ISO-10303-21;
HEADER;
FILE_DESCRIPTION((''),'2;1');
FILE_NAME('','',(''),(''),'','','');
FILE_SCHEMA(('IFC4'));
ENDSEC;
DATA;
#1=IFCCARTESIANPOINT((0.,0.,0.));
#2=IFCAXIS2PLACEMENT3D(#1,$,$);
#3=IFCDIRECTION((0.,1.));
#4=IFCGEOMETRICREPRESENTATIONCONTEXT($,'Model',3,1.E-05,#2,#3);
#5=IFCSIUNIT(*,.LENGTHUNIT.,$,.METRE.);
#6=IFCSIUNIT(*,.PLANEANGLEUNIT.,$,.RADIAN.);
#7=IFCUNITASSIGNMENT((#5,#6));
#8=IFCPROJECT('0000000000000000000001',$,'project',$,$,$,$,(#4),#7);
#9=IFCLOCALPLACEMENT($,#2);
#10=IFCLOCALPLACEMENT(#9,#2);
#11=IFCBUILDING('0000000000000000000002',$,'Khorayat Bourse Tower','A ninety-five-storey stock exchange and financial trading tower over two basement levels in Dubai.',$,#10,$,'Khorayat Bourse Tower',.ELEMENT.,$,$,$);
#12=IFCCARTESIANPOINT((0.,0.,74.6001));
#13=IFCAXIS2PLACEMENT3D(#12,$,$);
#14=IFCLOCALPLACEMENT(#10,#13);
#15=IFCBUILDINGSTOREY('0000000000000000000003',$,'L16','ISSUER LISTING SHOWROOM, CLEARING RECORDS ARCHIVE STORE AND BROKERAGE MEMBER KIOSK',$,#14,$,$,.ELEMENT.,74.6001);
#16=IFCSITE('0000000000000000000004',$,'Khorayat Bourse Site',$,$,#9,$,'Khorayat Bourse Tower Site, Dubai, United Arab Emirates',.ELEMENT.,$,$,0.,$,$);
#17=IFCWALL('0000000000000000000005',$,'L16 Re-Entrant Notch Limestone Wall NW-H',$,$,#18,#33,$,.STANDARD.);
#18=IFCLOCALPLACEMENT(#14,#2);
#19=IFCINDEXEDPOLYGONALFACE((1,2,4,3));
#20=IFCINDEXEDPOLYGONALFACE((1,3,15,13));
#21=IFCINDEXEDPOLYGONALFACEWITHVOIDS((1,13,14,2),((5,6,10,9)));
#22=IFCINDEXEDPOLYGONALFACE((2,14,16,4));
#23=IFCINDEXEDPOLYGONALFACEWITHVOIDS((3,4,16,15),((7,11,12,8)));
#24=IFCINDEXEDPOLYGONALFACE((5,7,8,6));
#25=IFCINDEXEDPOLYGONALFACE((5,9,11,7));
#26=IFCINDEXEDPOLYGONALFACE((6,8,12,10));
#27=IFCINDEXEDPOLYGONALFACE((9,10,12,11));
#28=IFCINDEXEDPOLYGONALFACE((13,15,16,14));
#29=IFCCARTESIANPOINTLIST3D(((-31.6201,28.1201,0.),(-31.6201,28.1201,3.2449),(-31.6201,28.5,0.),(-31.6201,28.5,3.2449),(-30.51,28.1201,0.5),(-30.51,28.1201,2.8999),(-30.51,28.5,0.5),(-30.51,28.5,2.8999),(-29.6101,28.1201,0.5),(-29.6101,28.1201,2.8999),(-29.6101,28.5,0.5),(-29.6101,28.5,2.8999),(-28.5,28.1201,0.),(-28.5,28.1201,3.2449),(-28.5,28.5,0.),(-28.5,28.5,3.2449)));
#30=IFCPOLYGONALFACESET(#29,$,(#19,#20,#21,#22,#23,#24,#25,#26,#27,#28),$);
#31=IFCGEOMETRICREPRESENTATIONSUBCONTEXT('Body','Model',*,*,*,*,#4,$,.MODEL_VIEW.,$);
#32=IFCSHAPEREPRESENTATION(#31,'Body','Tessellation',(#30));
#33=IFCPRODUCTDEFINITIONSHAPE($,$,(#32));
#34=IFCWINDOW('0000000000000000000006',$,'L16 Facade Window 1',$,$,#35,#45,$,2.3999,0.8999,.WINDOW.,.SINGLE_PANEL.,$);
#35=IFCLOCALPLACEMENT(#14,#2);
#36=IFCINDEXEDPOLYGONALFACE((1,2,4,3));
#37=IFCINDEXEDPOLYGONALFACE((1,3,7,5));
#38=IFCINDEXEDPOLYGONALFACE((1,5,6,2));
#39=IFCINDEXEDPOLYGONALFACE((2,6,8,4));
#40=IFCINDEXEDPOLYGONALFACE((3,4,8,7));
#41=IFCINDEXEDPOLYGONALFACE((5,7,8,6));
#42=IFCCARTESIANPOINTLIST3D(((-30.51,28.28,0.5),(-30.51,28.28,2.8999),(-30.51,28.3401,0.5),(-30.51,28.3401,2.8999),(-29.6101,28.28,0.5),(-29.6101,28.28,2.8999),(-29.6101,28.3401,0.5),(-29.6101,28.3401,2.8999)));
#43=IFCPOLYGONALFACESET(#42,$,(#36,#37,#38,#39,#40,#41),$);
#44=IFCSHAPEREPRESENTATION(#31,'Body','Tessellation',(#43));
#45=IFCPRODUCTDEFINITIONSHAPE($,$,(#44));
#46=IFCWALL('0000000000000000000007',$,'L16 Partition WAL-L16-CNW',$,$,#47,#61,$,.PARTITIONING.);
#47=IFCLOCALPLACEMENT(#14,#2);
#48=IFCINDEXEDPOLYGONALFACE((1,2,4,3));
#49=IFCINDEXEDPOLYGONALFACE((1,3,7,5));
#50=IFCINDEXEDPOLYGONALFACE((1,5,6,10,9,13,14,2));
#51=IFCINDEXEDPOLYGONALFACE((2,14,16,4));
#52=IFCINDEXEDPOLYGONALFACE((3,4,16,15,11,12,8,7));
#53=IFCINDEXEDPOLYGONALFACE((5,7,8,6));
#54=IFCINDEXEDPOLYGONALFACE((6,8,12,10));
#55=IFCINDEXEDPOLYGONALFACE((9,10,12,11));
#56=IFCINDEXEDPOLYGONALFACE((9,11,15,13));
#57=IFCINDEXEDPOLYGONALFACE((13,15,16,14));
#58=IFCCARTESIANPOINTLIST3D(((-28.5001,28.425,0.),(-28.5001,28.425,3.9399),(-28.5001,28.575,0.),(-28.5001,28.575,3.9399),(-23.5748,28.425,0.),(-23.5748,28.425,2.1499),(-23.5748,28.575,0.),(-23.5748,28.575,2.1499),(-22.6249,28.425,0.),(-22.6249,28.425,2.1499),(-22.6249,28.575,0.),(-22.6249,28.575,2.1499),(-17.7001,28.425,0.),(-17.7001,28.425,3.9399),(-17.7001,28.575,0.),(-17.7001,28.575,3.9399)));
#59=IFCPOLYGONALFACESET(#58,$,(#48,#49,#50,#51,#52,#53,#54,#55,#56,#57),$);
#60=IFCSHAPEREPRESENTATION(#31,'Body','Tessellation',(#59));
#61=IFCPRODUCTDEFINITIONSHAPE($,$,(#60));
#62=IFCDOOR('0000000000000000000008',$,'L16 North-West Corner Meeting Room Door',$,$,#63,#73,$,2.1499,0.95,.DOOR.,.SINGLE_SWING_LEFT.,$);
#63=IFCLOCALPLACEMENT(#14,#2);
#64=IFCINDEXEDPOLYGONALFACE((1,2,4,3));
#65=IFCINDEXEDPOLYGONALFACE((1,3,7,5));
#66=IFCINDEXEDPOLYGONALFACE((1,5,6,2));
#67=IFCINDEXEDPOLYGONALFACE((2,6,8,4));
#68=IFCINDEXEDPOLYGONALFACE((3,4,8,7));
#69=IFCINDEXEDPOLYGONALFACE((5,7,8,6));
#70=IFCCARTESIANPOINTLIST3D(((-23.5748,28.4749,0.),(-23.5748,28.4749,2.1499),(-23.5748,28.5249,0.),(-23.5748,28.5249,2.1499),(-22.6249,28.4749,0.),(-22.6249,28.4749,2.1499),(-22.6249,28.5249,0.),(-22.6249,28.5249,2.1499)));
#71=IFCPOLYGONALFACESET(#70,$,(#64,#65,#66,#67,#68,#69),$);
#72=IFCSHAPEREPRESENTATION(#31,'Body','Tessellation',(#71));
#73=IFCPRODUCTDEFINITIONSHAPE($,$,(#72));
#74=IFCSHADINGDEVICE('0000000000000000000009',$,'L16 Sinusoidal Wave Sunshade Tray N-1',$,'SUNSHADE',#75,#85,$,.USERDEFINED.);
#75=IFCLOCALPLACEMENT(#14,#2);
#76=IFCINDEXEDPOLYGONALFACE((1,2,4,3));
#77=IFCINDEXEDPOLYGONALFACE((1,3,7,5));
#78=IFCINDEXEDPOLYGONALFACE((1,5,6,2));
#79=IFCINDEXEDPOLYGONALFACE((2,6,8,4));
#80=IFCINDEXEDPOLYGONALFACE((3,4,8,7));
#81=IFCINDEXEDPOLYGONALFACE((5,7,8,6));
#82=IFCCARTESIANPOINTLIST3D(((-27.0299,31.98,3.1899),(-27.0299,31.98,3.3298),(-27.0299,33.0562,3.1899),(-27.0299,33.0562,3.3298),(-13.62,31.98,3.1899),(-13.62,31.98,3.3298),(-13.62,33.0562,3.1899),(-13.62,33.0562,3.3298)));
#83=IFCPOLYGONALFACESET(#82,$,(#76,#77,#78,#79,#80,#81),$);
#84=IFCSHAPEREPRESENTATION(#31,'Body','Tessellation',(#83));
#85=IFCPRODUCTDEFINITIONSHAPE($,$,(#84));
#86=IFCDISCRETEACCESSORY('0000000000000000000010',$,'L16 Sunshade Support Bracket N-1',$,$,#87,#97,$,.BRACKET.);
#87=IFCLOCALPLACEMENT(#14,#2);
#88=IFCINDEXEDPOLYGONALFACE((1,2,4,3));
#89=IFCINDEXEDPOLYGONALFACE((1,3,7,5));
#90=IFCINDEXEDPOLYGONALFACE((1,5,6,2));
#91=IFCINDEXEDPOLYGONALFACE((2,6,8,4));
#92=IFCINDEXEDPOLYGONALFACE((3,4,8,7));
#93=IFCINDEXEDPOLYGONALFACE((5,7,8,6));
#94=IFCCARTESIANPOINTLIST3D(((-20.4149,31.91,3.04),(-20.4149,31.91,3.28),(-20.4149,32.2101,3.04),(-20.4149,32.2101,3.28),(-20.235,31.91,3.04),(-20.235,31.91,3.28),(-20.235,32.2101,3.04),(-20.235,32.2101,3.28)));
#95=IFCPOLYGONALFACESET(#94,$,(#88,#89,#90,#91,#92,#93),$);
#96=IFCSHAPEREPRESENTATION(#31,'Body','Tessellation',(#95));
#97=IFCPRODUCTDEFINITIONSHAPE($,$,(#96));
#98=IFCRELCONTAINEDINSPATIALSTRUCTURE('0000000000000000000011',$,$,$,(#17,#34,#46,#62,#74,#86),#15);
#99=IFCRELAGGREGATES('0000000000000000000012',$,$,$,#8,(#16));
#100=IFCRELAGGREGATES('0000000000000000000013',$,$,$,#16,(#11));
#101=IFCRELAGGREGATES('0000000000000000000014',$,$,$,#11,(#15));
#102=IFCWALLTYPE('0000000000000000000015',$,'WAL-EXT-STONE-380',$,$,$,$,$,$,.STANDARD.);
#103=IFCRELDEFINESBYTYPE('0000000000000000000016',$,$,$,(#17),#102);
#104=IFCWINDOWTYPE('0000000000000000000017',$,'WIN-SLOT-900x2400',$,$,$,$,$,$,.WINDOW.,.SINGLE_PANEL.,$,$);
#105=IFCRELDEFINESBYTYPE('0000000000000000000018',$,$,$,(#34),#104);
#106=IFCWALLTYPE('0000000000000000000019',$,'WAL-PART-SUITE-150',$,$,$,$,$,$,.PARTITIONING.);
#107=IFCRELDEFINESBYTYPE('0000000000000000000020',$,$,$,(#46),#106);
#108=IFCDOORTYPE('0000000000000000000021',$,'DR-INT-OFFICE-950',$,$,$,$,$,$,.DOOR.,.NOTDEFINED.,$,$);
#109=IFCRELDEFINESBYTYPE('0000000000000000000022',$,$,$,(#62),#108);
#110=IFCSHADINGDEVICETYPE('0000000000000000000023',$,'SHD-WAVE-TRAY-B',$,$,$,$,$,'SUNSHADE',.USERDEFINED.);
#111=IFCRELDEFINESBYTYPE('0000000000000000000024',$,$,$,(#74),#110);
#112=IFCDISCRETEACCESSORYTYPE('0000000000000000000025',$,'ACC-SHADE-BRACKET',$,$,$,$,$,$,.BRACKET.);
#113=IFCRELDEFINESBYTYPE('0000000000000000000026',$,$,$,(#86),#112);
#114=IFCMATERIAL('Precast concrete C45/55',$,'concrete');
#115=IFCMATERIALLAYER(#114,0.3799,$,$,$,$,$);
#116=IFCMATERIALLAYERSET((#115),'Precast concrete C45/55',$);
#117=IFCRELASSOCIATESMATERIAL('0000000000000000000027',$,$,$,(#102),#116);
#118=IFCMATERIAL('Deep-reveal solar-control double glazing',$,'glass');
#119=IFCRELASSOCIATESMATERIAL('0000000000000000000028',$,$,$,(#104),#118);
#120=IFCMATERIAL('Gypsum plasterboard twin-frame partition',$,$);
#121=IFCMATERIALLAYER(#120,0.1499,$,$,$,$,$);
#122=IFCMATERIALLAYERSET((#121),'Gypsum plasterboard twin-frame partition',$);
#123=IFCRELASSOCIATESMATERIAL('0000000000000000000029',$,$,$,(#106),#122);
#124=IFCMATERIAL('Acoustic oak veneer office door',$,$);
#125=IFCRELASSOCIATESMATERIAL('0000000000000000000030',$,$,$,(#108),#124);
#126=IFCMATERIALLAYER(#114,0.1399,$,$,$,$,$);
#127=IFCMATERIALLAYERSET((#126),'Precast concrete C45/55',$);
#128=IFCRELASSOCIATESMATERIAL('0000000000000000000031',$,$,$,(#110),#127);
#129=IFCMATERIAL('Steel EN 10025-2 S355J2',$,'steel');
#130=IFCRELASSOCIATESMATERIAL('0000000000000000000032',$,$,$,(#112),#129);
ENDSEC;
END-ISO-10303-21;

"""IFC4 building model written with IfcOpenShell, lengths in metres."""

from ifc_helpers import new_model, si_unit, direction, frame, frame_2d, origin, origin_2d, place, context, subcontext, project, spatial, rectangle, extrude, source, transform, mapped, material, layer, layer_set, type_object, element, fill, save


model = new_model("IFC4")

# Units and contexts
model_context = context("Model", 3, precision=1e-05, world=origin(), true_north=direction((0.0, 1.0)))
body_context = subcontext(model_context, "Body", "Model", "MODEL_VIEW")
ifc_project = project(units=[si_unit("LENGTHUNIT", "METRE"), si_unit("PLANEANGLEUNIT", "RADIAN")], contexts=[model_context])

# Site, building, storey
site_placement = place(None, origin())
site = spatial("IfcSite", under=ifc_project, at=site_placement, Name="Khorayat Bourse Site", LongName="Khorayat Bourse Tower Site, Dubai, United Arab Emirates", CompositionType="ELEMENT", RefElevation=0.0)
building_placement = place(site_placement, origin())
building = spatial("IfcBuilding", under=site, at=building_placement, Name="Khorayat Bourse Tower", Description="A ninety-five-storey stock exchange and financial trading tower over two basement levels in Dubai.", LongName="Khorayat Bourse Tower", CompositionType="ELEMENT")
storey_placement = place(building_placement, frame((0.0, 0.0, 74.6001)))
storey = spatial("IfcBuildingStorey", under=building, at=storey_placement, Name="L16", Description="ISSUER LISTING SHOWROOM, CLEARING RECORDS ARCHIVE STORE AND BROKERAGE MEMBER KIOSK", CompositionType="ELEMENT", Elevation=74.6001)

# Wall, opening, window
ifc_material_1 = material(Name="Precast concrete C45/55", Category="concrete")
ifc_layer_1 = layer(ifc_material_1, 0.3799)
ifc_layer_set_1 = layer_set([ifc_layer_1], Name="Precast concrete C45/55")
wall_type_1 = type_object("IfcWallType", Name="WAL-EXT-STONE-380", PredefinedType="STANDARD", material=ifc_layer_set_1)
shared_shape_1 = source(origin(), body_context, "Body", "SweptSolid", [
    extrude(rectangle(XDim=3.1201, YDim=0.3799, at=frame_2d((1.5601, 0.0))), origin(), (0.0, 0.0, 1.0), 3.2449),
])
shared_shape_2 = source(origin(), body_context, "Body", "SweptSolid", [
    extrude(rectangle(XDim=0.8999, YDim=2.3999, at=frame_2d((0.45, 1.2))), frame((0.0, 0.2, 0.0), z_axis=(0.0, -1.0, 0.0), x_axis=(1.0, 0.0, 0.0)), (0.0, 0.0, 1.0), 0.3999),
])
ifc_material_2 = material(Name="Deep-reveal solar-control double glazing", Category="glass")
window_type = type_object("IfcWindowType", Name="WIN-SLOT-900x2400", PartitioningType="SINGLE_PANEL", PredefinedType="WINDOW", material=ifc_material_2)
shared_shape_3 = source(origin(), body_context, "Body", "SweptSolid", [
    extrude(rectangle(XDim=0.8999, YDim=2.3999, at=frame_2d((0.45, 1.2))), frame((0.0, 0.03, 0.0), z_axis=(0.0, -1.0, 0.0), x_axis=(1.0, 0.0, 0.0)), (0.0, 0.0, 1.0), 0.0601),
])
wall_1_placement = place(storey_placement, frame((-28.5, 28.3101, 0.0), z_axis=(0.0, 0.0, 1.0), x_axis=(-1.0, 0.0, 0.0)))
wall_1 = element("IfcWall", 1, at=wall_1_placement, inside=storey, type_object=wall_type_1, Name="L16 Re-Entrant Notch Limestone Wall NW-H", PredefinedType="STANDARD", context=body_context, shape_type="MappedRepresentation", body=[
    mapped(shared_shape_1, transform((0.0, 0.0, 0.0), scale=1.0)),
])
opening_1_placement = place(wall_1_placement, frame((1.1101, 0.0, 0.5)))
opening_1 = element("IfcOpeningElement", 2, at=opening_1_placement, cuts=wall_1, PredefinedType="OPENING", context=body_context, shape_type="MappedRepresentation", body=[
    mapped(shared_shape_2, transform((0.0, 0.0, 0.0), scale=1.0)),
])
window_1_placement = place(opening_1_placement, origin())
window_1 = element("IfcWindow", 3, at=window_1_placement, inside=storey, type_object=window_type, Name="L16 Facade Window 1", OverallHeight=2.3999, OverallWidth=0.8999, PartitioningType="SINGLE_PANEL", PredefinedType="WINDOW", context=body_context, shape_type="MappedRepresentation", body=[
    mapped(shared_shape_3, transform((0.0, 0.0, 0.0), scale=1.0)),
])
fill(opening_1, window_1)

# Wall, opening, door
ifc_material_3 = material(Name="Gypsum plasterboard twin-frame partition")
ifc_layer_2 = layer(ifc_material_3, 0.1499)
ifc_layer_set_2 = layer_set([ifc_layer_2], Name="Gypsum plasterboard twin-frame partition")
wall_type_2 = type_object("IfcWallType", Name="WAL-PART-SUITE-150", PredefinedType="PARTITIONING", material=ifc_layer_set_2)
shared_shape_4 = source(origin(), body_context, "Body", "SweptSolid", [
    extrude(rectangle(XDim=10.8, YDim=0.1499, at=frame_2d((5.3999, 0.0))), origin(), (0.0, 0.0, 1.0), 3.9399),
])
wall_2_placement = place(storey_placement, frame((-28.5, 28.5, 0.0), z_axis=(0.0, 0.0, 1.0), x_axis=(1.0, 0.0, 0.0)))
wall_2 = element("IfcWall", 4, at=wall_2_placement, inside=storey, type_object=wall_type_2, Name="L16 Partition WAL-L16-CNW", PredefinedType="PARTITIONING", context=body_context, shape_type="MappedRepresentation", body=[
    mapped(shared_shape_4, transform((0.0, 0.0, 0.0), scale=1.0)),
])
shared_shape_5 = source(origin(), body_context, "Body", "SweptSolid", [
    extrude(rectangle(XDim=0.95, YDim=2.1499, at=frame_2d((0.4751, 1.075))), frame((0.0, 0.085, 0.0), z_axis=(0.0, -1.0, 0.0), x_axis=(1.0, 0.0, 0.0)), (0.0, 0.0, 1.0), 0.1699),
])
opening_2_placement = place(wall_2_placement, frame((4.925, 0.0, 0.0)))
opening_2 = element("IfcOpeningElement", 5, at=opening_2_placement, cuts=wall_2, PredefinedType="OPENING", context=body_context, shape_type="MappedRepresentation", body=[
    mapped(shared_shape_5, transform((0.0, 0.0, 0.0), scale=1.0)),
])
ifc_material_4 = material(Name="Acoustic oak veneer office door")
door_type = type_object("IfcDoorType", Name="DR-INT-OFFICE-950", OperationType="NOTDEFINED", PredefinedType="DOOR", material=ifc_material_4)
shared_shape_6 = source(origin(), body_context, "Body", "SweptSolid", [
    extrude(rectangle(XDim=0.95, YDim=2.1499, at=frame_2d((0.4751, 1.075))), frame((0.0, 0.0249, 0.0), z_axis=(0.0, -1.0, 0.0), x_axis=(1.0, 0.0, 0.0)), (0.0, 0.0, 1.0), 0.05),
])
door_placement = place(opening_2_placement, origin())
door = element("IfcDoor", 6, at=door_placement, inside=storey, type_object=door_type, Name="L16 North-West Corner Meeting Room Door", OperationType="SINGLE_SWING_LEFT", OverallHeight=2.1499, OverallWidth=0.95, PredefinedType="DOOR", context=body_context, shape_type="MappedRepresentation", body=[
    mapped(shared_shape_6, transform((0.0, 0.0, 0.0), scale=1.0)),
])
fill(opening_2, door)

# Shading device
ifc_layer_3 = layer(ifc_material_1, 0.1399)
ifc_layer_set_3 = layer_set([ifc_layer_3], Name="Precast concrete C45/55")
shading_device_type = type_object("IfcShadingDeviceType", Name="SHD-WAVE-TRAY-B", ElementType="SUNSHADE", PredefinedType="USERDEFINED", material=ifc_layer_set_3)
shared_shape_7 = source(origin(), body_context, "Body", "SweptSolid", [
    extrude(rectangle(XDim=13.4099, YDim=1.0762, at=origin_2d()), origin(), (0.0, 0.0, 1.0), 0.1399),
])
shading_device_placement = place(storey_placement, frame((-20.325, 32.5181, 3.1899), z_axis=(0.0, 0.0, 1.0), x_axis=(1.0, 0.0, 0.0)))
element("IfcShadingDevice", 7, at=shading_device_placement, inside=storey, type_object=shading_device_type, Name="L16 Sinusoidal Wave Sunshade Tray N-1", ObjectType="SUNSHADE", PredefinedType="USERDEFINED", context=body_context, shape_type="MappedRepresentation", body=[
    mapped(shared_shape_7, transform((0.0, 0.0, 0.0), scale=1.0)),
])

# Discrete accessory
ifc_material_5 = material(Name="Steel EN 10025-2 S355J2", Category="steel")
discrete_accessory_type = type_object("IfcDiscreteAccessoryType", Name="ACC-SHADE-BRACKET", PredefinedType="BRACKET", material=ifc_material_5)
shared_shape_8 = source(origin(), body_context, "Body", "SweptSolid", [
    extrude(rectangle(XDim=0.1799, YDim=0.3, at=origin_2d()), origin(), (0.0, 0.0, 1.0), 0.24),
])
discrete_accessory_placement = place(storey_placement, frame((-20.325, 32.0601, 3.04), z_axis=(0.0, 0.0, 1.0), x_axis=(1.0, 0.0, 0.0)))
element("IfcDiscreteAccessory", 8, at=discrete_accessory_placement, inside=storey, type_object=discrete_accessory_type, Name="L16 Sunshade Support Bracket N-1", PredefinedType="BRACKET", context=body_context, shape_type="MappedRepresentation", body=[
    mapped(shared_shape_8, transform((0.0, 0.0, 0.0), scale=1.0)),
])

save(model, "model.ifc")
